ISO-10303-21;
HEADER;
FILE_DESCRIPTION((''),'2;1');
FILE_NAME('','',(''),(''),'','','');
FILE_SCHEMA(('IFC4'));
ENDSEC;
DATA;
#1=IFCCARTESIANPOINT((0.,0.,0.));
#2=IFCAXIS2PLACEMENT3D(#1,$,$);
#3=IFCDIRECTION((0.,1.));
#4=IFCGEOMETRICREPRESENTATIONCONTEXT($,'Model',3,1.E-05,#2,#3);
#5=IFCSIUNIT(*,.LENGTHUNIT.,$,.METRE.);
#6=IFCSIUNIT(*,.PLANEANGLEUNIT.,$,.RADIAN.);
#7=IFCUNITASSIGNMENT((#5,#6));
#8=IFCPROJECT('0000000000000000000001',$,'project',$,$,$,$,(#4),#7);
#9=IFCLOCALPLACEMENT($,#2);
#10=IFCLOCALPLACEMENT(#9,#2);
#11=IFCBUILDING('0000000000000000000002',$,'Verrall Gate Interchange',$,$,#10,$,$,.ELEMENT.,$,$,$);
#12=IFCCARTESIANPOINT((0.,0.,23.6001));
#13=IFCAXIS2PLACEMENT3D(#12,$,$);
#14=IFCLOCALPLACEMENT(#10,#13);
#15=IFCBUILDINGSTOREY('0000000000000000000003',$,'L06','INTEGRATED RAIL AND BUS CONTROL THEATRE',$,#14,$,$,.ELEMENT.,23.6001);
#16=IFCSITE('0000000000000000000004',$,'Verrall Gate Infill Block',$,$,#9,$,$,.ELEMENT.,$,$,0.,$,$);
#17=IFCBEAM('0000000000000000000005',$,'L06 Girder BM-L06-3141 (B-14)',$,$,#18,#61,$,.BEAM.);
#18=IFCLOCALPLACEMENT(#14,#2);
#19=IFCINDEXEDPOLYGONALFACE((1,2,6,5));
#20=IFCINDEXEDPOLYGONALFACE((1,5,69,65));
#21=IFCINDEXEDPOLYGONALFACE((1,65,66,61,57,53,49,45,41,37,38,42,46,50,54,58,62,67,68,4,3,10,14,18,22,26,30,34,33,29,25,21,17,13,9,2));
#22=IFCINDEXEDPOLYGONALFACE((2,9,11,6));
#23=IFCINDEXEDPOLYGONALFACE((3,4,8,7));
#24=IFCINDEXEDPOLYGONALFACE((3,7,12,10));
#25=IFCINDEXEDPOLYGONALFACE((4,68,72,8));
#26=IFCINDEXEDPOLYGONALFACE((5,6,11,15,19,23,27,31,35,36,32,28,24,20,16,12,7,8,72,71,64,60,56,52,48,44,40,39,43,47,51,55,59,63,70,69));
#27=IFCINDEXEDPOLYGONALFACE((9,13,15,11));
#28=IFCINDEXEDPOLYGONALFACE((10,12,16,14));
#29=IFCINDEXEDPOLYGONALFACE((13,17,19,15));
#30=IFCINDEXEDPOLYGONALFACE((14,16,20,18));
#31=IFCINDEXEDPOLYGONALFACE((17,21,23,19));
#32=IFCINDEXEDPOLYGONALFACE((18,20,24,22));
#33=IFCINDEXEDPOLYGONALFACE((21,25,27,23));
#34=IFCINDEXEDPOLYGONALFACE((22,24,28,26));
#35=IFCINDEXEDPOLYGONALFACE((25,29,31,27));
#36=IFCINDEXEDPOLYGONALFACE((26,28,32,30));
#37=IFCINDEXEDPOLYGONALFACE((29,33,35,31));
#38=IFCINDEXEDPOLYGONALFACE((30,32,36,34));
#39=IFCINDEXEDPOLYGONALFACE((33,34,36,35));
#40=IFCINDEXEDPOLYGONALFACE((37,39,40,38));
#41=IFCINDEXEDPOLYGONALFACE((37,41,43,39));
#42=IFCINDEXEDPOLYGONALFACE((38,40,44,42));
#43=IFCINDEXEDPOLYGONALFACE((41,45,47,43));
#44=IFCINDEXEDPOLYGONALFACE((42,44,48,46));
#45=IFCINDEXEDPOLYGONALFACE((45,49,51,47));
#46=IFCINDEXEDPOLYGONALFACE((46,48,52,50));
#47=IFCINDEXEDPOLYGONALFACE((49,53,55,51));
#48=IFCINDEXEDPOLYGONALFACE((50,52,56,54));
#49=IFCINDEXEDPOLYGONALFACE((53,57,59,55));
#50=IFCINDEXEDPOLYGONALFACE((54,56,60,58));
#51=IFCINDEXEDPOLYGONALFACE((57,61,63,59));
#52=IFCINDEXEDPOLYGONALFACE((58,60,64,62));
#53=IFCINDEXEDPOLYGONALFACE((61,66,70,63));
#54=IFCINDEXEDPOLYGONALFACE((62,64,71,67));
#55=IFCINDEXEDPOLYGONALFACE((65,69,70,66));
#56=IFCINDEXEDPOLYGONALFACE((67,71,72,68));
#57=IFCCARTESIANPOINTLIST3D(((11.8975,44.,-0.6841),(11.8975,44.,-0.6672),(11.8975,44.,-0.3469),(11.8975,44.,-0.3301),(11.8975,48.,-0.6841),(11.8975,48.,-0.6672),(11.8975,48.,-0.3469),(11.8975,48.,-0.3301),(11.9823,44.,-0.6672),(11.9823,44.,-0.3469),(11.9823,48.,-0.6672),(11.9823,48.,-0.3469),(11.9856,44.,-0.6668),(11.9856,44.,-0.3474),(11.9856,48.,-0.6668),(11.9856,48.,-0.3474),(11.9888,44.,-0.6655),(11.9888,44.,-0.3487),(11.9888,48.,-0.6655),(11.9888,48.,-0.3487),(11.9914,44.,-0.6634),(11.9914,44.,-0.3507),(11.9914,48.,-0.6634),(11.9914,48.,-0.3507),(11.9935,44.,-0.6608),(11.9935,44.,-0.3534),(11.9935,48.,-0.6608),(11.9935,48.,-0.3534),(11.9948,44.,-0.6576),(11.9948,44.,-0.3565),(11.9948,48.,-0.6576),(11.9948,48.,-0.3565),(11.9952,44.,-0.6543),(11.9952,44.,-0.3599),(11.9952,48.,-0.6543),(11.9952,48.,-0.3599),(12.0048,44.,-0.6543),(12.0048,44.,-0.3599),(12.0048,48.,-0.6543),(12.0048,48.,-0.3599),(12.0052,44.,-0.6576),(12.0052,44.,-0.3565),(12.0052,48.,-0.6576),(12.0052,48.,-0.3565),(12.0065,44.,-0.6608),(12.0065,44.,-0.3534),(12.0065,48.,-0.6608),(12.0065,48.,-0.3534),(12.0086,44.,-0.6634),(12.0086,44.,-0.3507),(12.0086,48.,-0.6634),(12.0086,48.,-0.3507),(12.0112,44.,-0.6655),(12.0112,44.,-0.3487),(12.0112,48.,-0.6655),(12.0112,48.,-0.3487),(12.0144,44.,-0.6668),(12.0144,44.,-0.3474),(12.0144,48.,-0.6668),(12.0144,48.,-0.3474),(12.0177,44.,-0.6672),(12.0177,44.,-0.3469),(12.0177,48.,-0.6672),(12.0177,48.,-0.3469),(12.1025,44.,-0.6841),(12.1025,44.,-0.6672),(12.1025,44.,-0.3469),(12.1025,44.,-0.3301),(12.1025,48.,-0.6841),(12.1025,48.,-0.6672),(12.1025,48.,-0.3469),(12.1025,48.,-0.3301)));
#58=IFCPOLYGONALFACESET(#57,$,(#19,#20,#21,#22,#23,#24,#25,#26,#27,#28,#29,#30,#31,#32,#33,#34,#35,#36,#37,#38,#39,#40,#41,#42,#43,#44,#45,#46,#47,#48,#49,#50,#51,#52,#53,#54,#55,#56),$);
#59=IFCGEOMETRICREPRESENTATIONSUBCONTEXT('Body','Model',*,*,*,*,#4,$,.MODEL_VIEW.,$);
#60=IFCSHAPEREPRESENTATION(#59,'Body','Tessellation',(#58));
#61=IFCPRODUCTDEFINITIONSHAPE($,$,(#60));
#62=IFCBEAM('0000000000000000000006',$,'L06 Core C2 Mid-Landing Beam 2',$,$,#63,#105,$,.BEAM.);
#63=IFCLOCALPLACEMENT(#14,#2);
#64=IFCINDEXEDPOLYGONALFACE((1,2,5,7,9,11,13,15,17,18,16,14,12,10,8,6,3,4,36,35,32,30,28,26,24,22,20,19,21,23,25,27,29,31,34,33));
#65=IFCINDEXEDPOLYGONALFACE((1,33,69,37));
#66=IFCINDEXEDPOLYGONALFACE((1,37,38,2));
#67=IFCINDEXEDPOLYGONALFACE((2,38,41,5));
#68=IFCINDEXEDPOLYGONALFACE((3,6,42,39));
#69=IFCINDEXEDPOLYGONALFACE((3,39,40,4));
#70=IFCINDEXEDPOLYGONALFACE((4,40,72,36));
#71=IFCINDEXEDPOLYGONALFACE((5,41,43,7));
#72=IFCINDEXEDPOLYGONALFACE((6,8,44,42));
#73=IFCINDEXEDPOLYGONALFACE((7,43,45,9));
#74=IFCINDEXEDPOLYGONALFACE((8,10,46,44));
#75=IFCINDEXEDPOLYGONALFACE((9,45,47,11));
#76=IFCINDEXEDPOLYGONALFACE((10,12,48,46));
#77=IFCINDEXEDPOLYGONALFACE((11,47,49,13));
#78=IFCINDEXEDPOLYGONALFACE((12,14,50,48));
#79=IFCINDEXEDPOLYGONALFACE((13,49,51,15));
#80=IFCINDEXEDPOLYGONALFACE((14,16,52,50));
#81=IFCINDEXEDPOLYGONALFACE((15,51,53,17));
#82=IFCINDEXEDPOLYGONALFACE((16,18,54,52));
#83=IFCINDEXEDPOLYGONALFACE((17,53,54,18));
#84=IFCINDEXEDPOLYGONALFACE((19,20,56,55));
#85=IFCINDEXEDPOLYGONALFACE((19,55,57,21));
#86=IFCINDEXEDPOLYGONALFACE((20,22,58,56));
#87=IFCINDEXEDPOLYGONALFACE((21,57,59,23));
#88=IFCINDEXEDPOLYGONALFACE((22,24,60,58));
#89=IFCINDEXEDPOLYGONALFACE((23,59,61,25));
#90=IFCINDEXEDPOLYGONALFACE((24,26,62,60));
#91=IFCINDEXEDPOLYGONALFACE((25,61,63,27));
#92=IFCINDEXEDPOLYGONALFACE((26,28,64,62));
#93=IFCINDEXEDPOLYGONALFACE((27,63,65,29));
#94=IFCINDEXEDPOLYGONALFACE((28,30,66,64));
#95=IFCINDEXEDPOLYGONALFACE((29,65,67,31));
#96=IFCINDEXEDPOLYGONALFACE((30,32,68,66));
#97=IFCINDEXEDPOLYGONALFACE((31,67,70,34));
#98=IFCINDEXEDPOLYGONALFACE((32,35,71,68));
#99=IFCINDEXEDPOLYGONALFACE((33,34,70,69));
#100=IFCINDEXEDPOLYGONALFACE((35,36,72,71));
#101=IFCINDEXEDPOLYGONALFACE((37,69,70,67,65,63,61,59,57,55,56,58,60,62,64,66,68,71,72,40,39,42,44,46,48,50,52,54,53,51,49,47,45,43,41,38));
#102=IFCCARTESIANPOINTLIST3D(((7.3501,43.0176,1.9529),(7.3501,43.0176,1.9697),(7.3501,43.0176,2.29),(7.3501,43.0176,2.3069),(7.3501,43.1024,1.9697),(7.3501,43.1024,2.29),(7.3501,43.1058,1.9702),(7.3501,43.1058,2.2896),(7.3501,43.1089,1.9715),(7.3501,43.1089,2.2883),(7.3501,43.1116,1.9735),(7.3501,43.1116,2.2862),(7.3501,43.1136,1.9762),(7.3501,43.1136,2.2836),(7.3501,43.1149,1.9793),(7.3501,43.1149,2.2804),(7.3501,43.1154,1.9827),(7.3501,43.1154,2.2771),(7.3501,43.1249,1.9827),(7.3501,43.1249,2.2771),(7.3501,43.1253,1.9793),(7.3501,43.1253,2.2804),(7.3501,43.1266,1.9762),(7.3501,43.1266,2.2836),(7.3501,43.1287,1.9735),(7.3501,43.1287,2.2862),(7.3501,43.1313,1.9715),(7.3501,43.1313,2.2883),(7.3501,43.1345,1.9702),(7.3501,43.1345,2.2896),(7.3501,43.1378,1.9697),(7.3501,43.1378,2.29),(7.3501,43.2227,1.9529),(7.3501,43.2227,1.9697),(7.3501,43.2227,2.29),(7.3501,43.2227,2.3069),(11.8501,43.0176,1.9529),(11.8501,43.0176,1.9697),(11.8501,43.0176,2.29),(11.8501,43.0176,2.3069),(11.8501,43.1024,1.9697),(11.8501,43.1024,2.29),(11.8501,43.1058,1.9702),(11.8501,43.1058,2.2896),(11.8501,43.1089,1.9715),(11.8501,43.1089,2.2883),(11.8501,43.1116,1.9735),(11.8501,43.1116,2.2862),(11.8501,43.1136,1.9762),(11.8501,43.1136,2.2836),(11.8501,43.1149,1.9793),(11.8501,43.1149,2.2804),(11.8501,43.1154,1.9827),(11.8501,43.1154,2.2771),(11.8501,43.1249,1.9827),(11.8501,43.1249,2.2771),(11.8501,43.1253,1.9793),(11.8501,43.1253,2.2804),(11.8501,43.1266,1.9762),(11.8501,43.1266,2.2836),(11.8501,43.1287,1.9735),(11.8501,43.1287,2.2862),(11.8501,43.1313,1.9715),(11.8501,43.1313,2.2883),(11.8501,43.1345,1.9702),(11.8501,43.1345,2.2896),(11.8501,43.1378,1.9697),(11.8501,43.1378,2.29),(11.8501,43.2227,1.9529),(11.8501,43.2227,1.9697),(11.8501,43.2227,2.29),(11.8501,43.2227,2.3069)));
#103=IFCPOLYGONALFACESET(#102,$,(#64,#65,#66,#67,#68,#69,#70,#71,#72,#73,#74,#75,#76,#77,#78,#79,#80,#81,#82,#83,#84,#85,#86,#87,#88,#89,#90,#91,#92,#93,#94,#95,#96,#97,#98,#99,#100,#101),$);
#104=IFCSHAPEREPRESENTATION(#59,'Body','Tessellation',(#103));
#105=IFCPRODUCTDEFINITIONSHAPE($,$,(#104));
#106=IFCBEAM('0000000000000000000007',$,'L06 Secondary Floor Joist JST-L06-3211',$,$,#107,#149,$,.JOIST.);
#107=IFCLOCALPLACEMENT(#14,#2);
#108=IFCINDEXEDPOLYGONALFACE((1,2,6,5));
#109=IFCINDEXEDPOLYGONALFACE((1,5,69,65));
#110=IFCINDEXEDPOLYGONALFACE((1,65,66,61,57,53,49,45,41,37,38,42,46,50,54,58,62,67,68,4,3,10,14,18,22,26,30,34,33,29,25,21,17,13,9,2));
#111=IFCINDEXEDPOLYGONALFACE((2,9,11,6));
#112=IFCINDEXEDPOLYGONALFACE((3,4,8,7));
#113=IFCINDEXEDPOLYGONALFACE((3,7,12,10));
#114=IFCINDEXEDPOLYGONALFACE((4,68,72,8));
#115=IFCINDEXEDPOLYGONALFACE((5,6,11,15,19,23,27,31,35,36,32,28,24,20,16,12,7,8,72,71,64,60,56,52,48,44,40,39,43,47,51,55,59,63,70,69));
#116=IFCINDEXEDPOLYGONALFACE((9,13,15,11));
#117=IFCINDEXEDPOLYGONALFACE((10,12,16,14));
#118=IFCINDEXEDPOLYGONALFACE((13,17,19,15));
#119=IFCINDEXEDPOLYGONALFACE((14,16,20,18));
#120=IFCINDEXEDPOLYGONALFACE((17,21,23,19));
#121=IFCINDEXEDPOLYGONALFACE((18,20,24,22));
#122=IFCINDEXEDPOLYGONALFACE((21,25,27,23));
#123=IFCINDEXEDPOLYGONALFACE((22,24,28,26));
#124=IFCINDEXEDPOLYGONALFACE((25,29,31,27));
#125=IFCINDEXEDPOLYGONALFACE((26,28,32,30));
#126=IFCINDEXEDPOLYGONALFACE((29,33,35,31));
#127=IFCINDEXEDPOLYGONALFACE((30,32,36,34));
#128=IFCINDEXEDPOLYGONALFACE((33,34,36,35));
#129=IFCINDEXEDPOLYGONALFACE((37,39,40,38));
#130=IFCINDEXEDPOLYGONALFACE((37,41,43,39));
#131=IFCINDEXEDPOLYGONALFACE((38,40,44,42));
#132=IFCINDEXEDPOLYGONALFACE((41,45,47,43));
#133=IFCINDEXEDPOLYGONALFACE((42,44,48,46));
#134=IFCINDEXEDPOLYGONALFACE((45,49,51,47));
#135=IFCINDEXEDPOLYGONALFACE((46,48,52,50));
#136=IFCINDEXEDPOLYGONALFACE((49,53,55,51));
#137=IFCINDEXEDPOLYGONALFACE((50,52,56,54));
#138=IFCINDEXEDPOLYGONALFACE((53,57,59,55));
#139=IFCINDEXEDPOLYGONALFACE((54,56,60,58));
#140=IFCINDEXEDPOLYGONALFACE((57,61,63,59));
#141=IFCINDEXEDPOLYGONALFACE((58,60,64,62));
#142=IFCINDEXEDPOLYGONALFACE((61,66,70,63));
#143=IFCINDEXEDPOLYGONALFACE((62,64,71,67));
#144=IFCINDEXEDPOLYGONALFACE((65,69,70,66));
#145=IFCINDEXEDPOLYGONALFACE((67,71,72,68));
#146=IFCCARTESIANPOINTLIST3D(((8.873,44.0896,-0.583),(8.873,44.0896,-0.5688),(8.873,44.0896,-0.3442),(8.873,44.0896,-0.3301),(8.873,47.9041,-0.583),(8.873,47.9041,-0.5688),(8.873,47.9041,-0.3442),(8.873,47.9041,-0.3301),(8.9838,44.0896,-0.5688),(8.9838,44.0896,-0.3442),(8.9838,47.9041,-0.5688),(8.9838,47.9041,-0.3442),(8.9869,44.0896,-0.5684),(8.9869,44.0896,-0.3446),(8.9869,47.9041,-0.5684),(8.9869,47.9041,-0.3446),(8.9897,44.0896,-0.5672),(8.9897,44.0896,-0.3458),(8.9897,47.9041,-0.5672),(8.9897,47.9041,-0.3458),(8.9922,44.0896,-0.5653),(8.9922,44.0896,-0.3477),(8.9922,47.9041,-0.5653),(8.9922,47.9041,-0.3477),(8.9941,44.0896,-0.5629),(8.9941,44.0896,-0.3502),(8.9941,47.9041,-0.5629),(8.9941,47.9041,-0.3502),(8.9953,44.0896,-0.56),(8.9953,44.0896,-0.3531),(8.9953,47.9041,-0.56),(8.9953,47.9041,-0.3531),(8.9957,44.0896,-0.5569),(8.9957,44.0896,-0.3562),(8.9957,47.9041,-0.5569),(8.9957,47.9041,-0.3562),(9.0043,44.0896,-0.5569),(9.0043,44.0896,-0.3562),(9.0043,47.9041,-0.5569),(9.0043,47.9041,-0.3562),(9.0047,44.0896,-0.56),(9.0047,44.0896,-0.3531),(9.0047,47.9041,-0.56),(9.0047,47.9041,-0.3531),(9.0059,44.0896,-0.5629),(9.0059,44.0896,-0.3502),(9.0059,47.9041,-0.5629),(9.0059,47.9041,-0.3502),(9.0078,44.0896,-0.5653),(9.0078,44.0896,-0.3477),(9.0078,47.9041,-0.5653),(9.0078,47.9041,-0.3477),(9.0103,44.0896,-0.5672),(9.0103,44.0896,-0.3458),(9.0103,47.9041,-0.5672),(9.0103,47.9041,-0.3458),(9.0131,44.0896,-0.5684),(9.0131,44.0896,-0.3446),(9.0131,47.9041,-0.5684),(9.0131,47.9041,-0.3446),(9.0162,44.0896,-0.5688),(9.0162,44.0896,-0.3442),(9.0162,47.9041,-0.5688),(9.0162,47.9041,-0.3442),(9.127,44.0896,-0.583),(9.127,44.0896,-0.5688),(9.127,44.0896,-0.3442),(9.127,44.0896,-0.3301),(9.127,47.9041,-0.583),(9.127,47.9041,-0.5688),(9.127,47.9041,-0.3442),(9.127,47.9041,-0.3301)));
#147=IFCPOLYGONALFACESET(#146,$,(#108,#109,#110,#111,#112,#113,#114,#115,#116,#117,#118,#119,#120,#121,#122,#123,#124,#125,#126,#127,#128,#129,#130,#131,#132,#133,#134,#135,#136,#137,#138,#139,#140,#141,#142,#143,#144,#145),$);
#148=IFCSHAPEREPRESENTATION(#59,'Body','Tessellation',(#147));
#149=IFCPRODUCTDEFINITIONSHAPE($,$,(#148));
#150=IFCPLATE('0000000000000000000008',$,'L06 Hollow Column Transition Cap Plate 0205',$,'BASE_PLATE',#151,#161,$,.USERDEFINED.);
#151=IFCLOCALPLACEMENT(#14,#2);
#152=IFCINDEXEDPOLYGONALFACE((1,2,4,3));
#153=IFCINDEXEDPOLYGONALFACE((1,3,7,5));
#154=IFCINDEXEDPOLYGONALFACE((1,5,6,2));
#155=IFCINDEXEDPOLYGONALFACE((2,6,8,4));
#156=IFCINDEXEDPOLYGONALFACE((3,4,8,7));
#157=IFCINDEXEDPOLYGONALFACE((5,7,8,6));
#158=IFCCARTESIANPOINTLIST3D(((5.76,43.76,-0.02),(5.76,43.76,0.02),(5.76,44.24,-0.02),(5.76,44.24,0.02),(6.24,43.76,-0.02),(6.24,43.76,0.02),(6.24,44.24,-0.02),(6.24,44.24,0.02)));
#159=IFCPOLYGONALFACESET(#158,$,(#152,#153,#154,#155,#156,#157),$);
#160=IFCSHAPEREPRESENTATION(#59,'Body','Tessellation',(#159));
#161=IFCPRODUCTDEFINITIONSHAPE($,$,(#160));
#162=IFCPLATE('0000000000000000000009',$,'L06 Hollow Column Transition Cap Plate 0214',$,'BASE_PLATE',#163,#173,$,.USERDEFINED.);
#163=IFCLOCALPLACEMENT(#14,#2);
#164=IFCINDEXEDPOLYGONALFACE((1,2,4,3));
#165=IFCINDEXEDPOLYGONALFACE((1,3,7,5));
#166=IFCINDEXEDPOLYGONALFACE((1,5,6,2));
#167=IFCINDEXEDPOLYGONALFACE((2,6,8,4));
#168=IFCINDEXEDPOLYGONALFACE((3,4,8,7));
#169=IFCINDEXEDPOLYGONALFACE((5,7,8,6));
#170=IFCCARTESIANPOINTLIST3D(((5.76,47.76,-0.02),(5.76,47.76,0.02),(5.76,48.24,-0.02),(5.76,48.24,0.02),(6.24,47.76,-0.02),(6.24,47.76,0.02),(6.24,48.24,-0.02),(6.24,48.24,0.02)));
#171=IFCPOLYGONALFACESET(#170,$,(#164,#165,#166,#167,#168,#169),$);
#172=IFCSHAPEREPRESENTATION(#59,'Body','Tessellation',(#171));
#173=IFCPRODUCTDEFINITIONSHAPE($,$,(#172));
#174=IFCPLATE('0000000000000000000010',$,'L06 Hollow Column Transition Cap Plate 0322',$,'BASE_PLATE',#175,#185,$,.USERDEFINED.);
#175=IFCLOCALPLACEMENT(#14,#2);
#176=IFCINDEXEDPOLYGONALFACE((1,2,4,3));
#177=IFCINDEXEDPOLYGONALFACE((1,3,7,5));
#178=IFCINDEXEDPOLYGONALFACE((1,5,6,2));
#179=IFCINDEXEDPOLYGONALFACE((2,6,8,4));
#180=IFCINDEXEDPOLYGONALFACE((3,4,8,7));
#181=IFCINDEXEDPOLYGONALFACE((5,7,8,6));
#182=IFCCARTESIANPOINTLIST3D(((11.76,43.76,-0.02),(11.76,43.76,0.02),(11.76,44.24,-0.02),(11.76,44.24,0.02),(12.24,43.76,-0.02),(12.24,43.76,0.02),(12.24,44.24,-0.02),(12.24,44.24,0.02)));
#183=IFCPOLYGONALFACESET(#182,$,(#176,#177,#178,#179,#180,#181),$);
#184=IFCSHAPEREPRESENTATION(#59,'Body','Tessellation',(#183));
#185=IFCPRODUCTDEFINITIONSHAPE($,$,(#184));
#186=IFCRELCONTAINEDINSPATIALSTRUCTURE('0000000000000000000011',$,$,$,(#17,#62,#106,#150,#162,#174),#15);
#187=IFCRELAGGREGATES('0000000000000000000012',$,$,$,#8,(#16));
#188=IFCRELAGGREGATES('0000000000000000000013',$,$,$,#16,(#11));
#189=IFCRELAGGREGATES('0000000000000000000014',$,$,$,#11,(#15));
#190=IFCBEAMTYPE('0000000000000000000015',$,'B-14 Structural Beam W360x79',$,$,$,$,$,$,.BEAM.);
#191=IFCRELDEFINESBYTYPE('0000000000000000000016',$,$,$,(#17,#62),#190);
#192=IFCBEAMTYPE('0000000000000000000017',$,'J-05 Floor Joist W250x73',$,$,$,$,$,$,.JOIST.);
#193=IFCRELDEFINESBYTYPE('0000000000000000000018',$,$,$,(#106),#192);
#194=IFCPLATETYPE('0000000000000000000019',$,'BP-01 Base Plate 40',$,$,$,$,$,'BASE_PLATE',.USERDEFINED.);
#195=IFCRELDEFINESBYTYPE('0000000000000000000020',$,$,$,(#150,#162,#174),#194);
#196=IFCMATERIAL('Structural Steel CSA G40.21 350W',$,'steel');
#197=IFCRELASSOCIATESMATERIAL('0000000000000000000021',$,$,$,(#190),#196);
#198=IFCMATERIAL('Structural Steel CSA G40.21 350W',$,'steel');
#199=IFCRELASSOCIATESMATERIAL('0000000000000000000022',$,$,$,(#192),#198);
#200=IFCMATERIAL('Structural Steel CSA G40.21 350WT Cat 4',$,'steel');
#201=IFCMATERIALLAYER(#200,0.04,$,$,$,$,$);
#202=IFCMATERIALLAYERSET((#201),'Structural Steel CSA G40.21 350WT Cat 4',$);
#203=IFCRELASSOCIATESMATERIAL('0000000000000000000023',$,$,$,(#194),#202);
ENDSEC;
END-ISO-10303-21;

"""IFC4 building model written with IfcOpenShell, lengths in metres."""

from ifc_helpers import new_model, si_unit, direction, frame, origin, origin_2d, place, context, subcontext, project, spatial, rectangle, i_section, extrude, material, layer, layer_set, material_profile, profile_set, type_object, element, save


model = new_model("IFC4")

# Units and contexts
model_context = context("Model", 3, precision=1e-05, world=origin(), true_north=direction((0.0, 1.0)))
body_context = subcontext(model_context, "Body", "Model", "MODEL_VIEW")
ifc_project = project(units=[si_unit("LENGTHUNIT", "METRE"), si_unit("PLANEANGLEUNIT", "RADIAN")], contexts=[model_context])

# Site, building, storey
site_placement = place(None, origin())
site = spatial("IfcSite", under=ifc_project, at=site_placement, Name="Verrall Gate Infill Block", CompositionType="ELEMENT", RefElevation=0.0)
building_placement = place(site_placement, origin())
building = spatial("IfcBuilding", under=site, at=building_placement, Name="Verrall Gate Interchange", CompositionType="ELEMENT")
storey_placement = place(building_placement, frame((0.0, 0.0, 23.6001)))
storey = spatial("IfcBuildingStorey", under=building, at=storey_placement, Name="L06", Description="INTEGRATED RAIL AND BUS CONTROL THEATRE", CompositionType="ELEMENT", Elevation=23.6001)

# Beams
ifc_material_1 = material(Name="Structural Steel CSA G40.21 350W", Category="steel")
ifc_material_profile_1 = material_profile(ifc_material_1, i_section(OverallWidth=0.2051, OverallDepth=0.354, WebThickness=0.0095, FlangeThickness=0.0168, FilletRadius=0.0129, at=origin_2d()), Name="W360x79")
ifc_profile_set_1 = profile_set([ifc_material_profile_1], Name="Structural Steel CSA G40.21 350W")
beam_type_1 = type_object("IfcBeamType", Name="B-14 Structural Beam W360x79", PredefinedType="BEAM", material=ifc_profile_set_1)
for number, where, z_axis, x_axis, name in (
    (1, (12.0, 44.0, -0.5071), (0.0, 1.0, 0.0), (-1.0, 0.0, 0.0), "L06 Girder BM-L06-3141 (B-14)"),
):
    element("IfcBeam", number, at=place(storey_placement, frame(where, z_axis=z_axis, x_axis=x_axis)), inside=storey, type_object=beam_type_1, Name=name, PredefinedType="BEAM", context=body_context, shape_type="SweptSolid", body=[
        extrude(i_section(OverallWidth=0.2051, OverallDepth=0.354, WebThickness=0.0095, FlangeThickness=0.0168, FilletRadius=0.0129, at=origin_2d()), origin(), (0.0, 0.0, 1.0), 4.0),
    ])
beam_1_placement = place(storey_placement, frame((7.3501, 43.1201, 2.1299), z_axis=(1.0, 0.0, 0.0), x_axis=(0.0, 1.0, 0.0)))
element("IfcBeam", 2, at=beam_1_placement, inside=storey, type_object=beam_type_1, Name="L06 Core C2 Mid-Landing Beam 2", PredefinedType="BEAM", context=body_context, shape_type="SweptSolid", body=[
    extrude(i_section(OverallWidth=0.2051, OverallDepth=0.354, WebThickness=0.0095, FlangeThickness=0.0168, FilletRadius=0.0129, at=origin_2d()), origin(), (0.0, 0.0, 1.0), 4.5),
])
ifc_material_2 = material(Name="Structural Steel CSA G40.21 350W", Category="steel")
ifc_material_profile_2 = material_profile(ifc_material_2, i_section(OverallWidth=0.2539, OverallDepth=0.2529, WebThickness=0.0085, FlangeThickness=0.0142, FilletRadius=0.012, at=origin_2d()), Name="W250x73")
ifc_profile_set_2 = profile_set([ifc_material_profile_2], Name="Structural Steel CSA G40.21 350W")
beam_type_2 = type_object("IfcBeamType", Name="J-05 Floor Joist W250x73", PredefinedType="JOIST", material=ifc_profile_set_2)
beam_2_placement = place(storey_placement, frame((9.0, 44.0896, -0.4565), z_axis=(0.0, 1.0, 0.0), x_axis=(-1.0, 0.0, 0.0)))
element("IfcBeam", 3, at=beam_2_placement, inside=storey, type_object=beam_type_2, Name="L06 Secondary Floor Joist JST-L06-3211", PredefinedType="JOIST", context=body_context, shape_type="SweptSolid", body=[
    extrude(i_section(OverallWidth=0.2539, OverallDepth=0.2529, WebThickness=0.0085, FlangeThickness=0.0142, FilletRadius=0.012, at=origin_2d()), origin(), (0.0, 0.0, 1.0), 3.8145),
])

# Plates
ifc_material_3 = material(Name="Structural Steel CSA G40.21 350WT Cat 4", Category="steel")
ifc_layer_1 = layer(ifc_material_3, 0.04)
ifc_layer_set_1 = layer_set([ifc_layer_1], Name="Structural Steel CSA G40.21 350WT Cat 4")
plate_type = type_object("IfcPlateType", Name="BP-01 Base Plate 40", ElementType="BASE_PLATE", PredefinedType="USERDEFINED", material=ifc_layer_set_1)
for number, where, z_axis, x_axis, name in (
    (4, (6.0, 44.0, -0.02), (0.0, 0.0, 1.0), (1.0, 0.0, 0.0), "L06 Hollow Column Transition Cap Plate 0205"),
    (5, (6.0, 48.0, -0.02), (0.0, 0.0, 1.0), (1.0, 0.0, 0.0), "L06 Hollow Column Transition Cap Plate 0214"),
    (6, (12.0, 44.0, -0.02), (0.0, 0.0, 1.0), (1.0, 0.0, 0.0), "L06 Hollow Column Transition Cap Plate 0322"),
):
    element("IfcPlate", number, at=place(storey_placement, frame(where, z_axis=z_axis, x_axis=x_axis)), inside=storey, type_object=plate_type, Name=name, ObjectType="BASE_PLATE", PredefinedType="USERDEFINED", context=body_context, shape_type="SweptSolid", body=[
        extrude(rectangle(XDim=0.48, YDim=0.48, at=origin_2d()), origin(), (0.0, 0.0, 1.0), 0.04),
    ])

save(model, "model.ifc")
